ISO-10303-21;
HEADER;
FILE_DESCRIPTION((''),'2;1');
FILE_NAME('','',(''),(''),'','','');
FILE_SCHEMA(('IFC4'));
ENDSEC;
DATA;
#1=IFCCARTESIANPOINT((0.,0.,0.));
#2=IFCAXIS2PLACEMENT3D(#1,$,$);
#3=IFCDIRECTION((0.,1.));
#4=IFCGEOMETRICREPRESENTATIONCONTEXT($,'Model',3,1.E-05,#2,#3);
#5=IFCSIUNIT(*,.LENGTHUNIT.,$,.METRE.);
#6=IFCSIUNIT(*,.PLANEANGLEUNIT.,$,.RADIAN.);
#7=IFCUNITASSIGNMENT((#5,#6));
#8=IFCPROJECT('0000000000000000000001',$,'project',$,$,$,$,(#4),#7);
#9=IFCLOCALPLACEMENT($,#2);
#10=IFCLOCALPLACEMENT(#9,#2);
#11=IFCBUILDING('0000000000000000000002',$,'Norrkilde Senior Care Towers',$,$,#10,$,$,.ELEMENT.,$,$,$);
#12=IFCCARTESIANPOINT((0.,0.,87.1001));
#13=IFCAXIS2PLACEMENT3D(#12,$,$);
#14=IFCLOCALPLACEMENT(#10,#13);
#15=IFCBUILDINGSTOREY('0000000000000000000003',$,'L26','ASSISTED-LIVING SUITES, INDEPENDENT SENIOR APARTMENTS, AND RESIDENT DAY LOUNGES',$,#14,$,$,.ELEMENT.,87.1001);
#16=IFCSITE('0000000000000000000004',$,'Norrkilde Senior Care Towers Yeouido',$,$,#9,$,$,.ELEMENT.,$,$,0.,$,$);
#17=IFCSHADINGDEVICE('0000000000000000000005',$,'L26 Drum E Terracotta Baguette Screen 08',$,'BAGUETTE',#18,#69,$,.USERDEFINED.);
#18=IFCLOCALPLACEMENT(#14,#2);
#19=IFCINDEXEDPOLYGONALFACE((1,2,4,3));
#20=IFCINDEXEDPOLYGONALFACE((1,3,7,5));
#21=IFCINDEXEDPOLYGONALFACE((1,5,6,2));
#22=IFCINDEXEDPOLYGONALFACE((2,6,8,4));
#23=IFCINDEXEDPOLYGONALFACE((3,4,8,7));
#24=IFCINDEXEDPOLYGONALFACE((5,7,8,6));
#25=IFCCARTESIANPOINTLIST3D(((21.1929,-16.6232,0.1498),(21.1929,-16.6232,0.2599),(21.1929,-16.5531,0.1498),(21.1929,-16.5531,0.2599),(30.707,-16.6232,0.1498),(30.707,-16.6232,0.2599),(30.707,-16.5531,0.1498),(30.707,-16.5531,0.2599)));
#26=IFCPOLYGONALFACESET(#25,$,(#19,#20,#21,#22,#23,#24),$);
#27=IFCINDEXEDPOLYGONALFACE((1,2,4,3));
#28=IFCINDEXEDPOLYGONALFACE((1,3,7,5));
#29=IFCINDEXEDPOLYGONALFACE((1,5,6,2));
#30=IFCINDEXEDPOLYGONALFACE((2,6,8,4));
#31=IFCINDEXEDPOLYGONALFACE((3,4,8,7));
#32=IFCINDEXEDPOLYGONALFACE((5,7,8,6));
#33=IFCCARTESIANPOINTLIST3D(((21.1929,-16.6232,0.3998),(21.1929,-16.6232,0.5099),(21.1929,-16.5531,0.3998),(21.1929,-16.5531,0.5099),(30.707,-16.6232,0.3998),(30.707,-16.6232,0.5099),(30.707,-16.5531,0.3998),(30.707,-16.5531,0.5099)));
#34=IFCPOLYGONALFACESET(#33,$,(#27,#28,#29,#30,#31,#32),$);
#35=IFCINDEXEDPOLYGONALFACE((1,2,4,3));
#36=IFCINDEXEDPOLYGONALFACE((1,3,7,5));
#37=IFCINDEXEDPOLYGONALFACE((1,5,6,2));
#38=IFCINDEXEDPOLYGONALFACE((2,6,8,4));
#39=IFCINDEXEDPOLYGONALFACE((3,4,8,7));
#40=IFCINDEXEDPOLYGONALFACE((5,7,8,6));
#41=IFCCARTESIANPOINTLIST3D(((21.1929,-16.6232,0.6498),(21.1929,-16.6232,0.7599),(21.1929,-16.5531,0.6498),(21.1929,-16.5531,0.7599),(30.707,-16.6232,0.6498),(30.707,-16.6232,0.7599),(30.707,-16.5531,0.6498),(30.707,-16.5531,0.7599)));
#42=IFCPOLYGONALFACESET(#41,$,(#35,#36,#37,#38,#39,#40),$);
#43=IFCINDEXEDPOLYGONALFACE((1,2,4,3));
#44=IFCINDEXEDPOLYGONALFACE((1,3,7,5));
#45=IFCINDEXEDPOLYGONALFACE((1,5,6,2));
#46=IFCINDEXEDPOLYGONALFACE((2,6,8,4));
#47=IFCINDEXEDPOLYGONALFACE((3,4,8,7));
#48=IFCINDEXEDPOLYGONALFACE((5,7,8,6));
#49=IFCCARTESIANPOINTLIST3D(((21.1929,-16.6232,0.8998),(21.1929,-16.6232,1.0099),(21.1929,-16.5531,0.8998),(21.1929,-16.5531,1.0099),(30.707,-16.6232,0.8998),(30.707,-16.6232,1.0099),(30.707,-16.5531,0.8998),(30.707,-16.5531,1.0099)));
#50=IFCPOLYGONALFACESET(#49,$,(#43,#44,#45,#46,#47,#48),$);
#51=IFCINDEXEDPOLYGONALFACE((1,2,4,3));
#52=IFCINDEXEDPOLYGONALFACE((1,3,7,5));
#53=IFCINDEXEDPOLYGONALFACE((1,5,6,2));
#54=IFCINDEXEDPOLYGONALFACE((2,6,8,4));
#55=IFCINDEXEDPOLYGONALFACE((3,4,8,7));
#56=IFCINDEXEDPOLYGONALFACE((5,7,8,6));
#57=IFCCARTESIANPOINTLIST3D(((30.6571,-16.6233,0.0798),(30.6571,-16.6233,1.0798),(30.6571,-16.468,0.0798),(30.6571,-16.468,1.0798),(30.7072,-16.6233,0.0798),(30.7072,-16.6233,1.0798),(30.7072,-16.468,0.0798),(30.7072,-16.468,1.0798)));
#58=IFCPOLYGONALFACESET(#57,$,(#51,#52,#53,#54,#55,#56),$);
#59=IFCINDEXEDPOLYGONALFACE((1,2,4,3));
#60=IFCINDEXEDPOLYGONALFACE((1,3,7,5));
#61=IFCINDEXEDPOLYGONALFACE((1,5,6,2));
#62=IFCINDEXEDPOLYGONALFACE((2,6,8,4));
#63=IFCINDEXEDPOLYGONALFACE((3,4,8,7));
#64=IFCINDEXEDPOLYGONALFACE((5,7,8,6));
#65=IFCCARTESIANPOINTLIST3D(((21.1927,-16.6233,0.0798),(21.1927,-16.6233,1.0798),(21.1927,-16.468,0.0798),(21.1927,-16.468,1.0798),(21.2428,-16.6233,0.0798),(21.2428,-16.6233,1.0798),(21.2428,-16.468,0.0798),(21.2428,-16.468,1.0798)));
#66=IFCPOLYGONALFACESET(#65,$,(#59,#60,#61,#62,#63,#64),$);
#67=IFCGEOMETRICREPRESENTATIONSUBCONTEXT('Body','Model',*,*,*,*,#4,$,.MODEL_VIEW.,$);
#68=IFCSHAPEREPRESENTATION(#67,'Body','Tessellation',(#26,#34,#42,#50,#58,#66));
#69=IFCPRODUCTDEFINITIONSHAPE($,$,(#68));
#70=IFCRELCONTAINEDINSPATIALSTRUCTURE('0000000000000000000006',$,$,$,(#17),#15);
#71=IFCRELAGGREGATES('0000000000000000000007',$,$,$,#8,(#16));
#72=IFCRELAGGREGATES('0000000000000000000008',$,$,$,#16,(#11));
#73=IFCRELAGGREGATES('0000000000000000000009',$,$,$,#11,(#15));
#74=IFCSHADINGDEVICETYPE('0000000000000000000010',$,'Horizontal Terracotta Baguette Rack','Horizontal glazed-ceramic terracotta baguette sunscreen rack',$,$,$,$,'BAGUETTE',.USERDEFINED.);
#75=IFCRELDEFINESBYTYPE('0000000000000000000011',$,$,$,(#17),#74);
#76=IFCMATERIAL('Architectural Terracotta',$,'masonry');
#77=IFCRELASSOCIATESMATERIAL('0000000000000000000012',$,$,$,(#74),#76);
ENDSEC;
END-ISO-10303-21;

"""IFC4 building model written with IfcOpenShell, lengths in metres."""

from ifc_helpers import new_model, si_unit, direction, frame, origin, origin_2d, place, context, subcontext, project, spatial, rectangle, extrude, source, transform, mapped, material, type_object, type_shapes, element, save


model = new_model("IFC4")

# Units and contexts
model_context = context("Model", 3, precision=1e-05, world=origin(), true_north=direction((0.0, 1.0)))
body_context = subcontext(model_context, "Body", "Model", "MODEL_VIEW")
ifc_project = project(units=[si_unit("LENGTHUNIT", "METRE"), si_unit("PLANEANGLEUNIT", "RADIAN")], contexts=[model_context])

# Site, building, storey
site_placement = place(None, origin())
site = spatial("IfcSite", under=ifc_project, at=site_placement, Name="Norrkilde Senior Care Towers Yeouido", CompositionType="ELEMENT", RefElevation=0.0)
building_placement = place(site_placement, origin())
building = spatial("IfcBuilding", under=site, at=building_placement, Name="Norrkilde Senior Care Towers", CompositionType="ELEMENT")
storey_placement = place(building_placement, frame((0.0, 0.0, 87.1001)))
storey = spatial("IfcBuildingStorey", under=building, at=storey_placement, Name="L26", Description="ASSISTED-LIVING SUITES, INDEPENDENT SENIOR APARTMENTS, AND RESIDENT DAY LOUNGES", CompositionType="ELEMENT", Elevation=87.1001)

# Shading device
ifc_material_1 = material(Name="Architectural Terracotta", Category="masonry")
shading_device_type = type_object("IfcShadingDeviceType", Name="Horizontal Terracotta Baguette Rack", Description="Horizontal glazed-ceramic terracotta baguette sunscreen rack", ElementType="BAGUETTE", PredefinedType="USERDEFINED", material=ifc_material_1)
shared_shape_1 = source(origin(), body_context, "Body", "SweptSolid", [
    extrude(rectangle(XDim=0.0701, YDim=0.1101, at=origin_2d()), frame((0.0, 0.0901, 0.125), z_axis=(1.0, 0.0, 0.0), x_axis=(0.0, 1.0, 0.0)), (0.0, 0.0, 1.0), 9.5142),
    extrude(rectangle(XDim=0.0701, YDim=0.1101, at=origin_2d()), frame((0.0, 0.0901, 0.375), z_axis=(1.0, 0.0, 0.0), x_axis=(0.0, 1.0, 0.0)), (0.0, 0.0, 1.0), 9.5142),
    extrude(rectangle(XDim=0.0701, YDim=0.1101, at=origin_2d()), frame((0.0, 0.0901, 0.625), z_axis=(1.0, 0.0, 0.0), x_axis=(0.0, 1.0, 0.0)), (0.0, 0.0, 1.0), 9.5142),
    extrude(rectangle(XDim=0.0701, YDim=0.1101, at=origin_2d()), frame((0.0, 0.0901, 0.875), z_axis=(1.0, 0.0, 0.0), x_axis=(0.0, 1.0, 0.0)), (0.0, 0.0, 1.0), 9.5142),
    extrude(rectangle(XDim=0.05, YDim=0.1553, at=origin_2d()), frame((0.0249, 0.0476, 0.0)), (0.0, 0.0, 1.0), 1.0),
    extrude(rectangle(XDim=0.05, YDim=0.1553, at=origin_2d()), frame((9.4893, 0.0476, 0.0)), (0.0, 0.0, 1.0), 1.0),
])
type_shapes(shading_device_type, [shared_shape_1])
shading_device_placement = place(storey_placement, frame((30.707, -16.498, 0.0798), z_axis=(0.0, 0.0, 1.0), x_axis=(-1.0, 0.0, 0.0)))
element("IfcShadingDevice", 1, at=shading_device_placement, inside=storey, type_object=shading_device_type, Name="L26 Drum E Terracotta Baguette Screen 08", ObjectType="BAGUETTE", PredefinedType="USERDEFINED", context=body_context, shape_type="MappedRepresentation", body=[
    mapped(shared_shape_1, transform((0.0, 0.0, 0.0), x_axis=(1.0, 0.0, 0.0), y_axis=(0.0, 1.0, 0.0), z_axis=(0.0, 0.0, 1.0), scale=1.0)),
])

save(model, "model.ifc")
